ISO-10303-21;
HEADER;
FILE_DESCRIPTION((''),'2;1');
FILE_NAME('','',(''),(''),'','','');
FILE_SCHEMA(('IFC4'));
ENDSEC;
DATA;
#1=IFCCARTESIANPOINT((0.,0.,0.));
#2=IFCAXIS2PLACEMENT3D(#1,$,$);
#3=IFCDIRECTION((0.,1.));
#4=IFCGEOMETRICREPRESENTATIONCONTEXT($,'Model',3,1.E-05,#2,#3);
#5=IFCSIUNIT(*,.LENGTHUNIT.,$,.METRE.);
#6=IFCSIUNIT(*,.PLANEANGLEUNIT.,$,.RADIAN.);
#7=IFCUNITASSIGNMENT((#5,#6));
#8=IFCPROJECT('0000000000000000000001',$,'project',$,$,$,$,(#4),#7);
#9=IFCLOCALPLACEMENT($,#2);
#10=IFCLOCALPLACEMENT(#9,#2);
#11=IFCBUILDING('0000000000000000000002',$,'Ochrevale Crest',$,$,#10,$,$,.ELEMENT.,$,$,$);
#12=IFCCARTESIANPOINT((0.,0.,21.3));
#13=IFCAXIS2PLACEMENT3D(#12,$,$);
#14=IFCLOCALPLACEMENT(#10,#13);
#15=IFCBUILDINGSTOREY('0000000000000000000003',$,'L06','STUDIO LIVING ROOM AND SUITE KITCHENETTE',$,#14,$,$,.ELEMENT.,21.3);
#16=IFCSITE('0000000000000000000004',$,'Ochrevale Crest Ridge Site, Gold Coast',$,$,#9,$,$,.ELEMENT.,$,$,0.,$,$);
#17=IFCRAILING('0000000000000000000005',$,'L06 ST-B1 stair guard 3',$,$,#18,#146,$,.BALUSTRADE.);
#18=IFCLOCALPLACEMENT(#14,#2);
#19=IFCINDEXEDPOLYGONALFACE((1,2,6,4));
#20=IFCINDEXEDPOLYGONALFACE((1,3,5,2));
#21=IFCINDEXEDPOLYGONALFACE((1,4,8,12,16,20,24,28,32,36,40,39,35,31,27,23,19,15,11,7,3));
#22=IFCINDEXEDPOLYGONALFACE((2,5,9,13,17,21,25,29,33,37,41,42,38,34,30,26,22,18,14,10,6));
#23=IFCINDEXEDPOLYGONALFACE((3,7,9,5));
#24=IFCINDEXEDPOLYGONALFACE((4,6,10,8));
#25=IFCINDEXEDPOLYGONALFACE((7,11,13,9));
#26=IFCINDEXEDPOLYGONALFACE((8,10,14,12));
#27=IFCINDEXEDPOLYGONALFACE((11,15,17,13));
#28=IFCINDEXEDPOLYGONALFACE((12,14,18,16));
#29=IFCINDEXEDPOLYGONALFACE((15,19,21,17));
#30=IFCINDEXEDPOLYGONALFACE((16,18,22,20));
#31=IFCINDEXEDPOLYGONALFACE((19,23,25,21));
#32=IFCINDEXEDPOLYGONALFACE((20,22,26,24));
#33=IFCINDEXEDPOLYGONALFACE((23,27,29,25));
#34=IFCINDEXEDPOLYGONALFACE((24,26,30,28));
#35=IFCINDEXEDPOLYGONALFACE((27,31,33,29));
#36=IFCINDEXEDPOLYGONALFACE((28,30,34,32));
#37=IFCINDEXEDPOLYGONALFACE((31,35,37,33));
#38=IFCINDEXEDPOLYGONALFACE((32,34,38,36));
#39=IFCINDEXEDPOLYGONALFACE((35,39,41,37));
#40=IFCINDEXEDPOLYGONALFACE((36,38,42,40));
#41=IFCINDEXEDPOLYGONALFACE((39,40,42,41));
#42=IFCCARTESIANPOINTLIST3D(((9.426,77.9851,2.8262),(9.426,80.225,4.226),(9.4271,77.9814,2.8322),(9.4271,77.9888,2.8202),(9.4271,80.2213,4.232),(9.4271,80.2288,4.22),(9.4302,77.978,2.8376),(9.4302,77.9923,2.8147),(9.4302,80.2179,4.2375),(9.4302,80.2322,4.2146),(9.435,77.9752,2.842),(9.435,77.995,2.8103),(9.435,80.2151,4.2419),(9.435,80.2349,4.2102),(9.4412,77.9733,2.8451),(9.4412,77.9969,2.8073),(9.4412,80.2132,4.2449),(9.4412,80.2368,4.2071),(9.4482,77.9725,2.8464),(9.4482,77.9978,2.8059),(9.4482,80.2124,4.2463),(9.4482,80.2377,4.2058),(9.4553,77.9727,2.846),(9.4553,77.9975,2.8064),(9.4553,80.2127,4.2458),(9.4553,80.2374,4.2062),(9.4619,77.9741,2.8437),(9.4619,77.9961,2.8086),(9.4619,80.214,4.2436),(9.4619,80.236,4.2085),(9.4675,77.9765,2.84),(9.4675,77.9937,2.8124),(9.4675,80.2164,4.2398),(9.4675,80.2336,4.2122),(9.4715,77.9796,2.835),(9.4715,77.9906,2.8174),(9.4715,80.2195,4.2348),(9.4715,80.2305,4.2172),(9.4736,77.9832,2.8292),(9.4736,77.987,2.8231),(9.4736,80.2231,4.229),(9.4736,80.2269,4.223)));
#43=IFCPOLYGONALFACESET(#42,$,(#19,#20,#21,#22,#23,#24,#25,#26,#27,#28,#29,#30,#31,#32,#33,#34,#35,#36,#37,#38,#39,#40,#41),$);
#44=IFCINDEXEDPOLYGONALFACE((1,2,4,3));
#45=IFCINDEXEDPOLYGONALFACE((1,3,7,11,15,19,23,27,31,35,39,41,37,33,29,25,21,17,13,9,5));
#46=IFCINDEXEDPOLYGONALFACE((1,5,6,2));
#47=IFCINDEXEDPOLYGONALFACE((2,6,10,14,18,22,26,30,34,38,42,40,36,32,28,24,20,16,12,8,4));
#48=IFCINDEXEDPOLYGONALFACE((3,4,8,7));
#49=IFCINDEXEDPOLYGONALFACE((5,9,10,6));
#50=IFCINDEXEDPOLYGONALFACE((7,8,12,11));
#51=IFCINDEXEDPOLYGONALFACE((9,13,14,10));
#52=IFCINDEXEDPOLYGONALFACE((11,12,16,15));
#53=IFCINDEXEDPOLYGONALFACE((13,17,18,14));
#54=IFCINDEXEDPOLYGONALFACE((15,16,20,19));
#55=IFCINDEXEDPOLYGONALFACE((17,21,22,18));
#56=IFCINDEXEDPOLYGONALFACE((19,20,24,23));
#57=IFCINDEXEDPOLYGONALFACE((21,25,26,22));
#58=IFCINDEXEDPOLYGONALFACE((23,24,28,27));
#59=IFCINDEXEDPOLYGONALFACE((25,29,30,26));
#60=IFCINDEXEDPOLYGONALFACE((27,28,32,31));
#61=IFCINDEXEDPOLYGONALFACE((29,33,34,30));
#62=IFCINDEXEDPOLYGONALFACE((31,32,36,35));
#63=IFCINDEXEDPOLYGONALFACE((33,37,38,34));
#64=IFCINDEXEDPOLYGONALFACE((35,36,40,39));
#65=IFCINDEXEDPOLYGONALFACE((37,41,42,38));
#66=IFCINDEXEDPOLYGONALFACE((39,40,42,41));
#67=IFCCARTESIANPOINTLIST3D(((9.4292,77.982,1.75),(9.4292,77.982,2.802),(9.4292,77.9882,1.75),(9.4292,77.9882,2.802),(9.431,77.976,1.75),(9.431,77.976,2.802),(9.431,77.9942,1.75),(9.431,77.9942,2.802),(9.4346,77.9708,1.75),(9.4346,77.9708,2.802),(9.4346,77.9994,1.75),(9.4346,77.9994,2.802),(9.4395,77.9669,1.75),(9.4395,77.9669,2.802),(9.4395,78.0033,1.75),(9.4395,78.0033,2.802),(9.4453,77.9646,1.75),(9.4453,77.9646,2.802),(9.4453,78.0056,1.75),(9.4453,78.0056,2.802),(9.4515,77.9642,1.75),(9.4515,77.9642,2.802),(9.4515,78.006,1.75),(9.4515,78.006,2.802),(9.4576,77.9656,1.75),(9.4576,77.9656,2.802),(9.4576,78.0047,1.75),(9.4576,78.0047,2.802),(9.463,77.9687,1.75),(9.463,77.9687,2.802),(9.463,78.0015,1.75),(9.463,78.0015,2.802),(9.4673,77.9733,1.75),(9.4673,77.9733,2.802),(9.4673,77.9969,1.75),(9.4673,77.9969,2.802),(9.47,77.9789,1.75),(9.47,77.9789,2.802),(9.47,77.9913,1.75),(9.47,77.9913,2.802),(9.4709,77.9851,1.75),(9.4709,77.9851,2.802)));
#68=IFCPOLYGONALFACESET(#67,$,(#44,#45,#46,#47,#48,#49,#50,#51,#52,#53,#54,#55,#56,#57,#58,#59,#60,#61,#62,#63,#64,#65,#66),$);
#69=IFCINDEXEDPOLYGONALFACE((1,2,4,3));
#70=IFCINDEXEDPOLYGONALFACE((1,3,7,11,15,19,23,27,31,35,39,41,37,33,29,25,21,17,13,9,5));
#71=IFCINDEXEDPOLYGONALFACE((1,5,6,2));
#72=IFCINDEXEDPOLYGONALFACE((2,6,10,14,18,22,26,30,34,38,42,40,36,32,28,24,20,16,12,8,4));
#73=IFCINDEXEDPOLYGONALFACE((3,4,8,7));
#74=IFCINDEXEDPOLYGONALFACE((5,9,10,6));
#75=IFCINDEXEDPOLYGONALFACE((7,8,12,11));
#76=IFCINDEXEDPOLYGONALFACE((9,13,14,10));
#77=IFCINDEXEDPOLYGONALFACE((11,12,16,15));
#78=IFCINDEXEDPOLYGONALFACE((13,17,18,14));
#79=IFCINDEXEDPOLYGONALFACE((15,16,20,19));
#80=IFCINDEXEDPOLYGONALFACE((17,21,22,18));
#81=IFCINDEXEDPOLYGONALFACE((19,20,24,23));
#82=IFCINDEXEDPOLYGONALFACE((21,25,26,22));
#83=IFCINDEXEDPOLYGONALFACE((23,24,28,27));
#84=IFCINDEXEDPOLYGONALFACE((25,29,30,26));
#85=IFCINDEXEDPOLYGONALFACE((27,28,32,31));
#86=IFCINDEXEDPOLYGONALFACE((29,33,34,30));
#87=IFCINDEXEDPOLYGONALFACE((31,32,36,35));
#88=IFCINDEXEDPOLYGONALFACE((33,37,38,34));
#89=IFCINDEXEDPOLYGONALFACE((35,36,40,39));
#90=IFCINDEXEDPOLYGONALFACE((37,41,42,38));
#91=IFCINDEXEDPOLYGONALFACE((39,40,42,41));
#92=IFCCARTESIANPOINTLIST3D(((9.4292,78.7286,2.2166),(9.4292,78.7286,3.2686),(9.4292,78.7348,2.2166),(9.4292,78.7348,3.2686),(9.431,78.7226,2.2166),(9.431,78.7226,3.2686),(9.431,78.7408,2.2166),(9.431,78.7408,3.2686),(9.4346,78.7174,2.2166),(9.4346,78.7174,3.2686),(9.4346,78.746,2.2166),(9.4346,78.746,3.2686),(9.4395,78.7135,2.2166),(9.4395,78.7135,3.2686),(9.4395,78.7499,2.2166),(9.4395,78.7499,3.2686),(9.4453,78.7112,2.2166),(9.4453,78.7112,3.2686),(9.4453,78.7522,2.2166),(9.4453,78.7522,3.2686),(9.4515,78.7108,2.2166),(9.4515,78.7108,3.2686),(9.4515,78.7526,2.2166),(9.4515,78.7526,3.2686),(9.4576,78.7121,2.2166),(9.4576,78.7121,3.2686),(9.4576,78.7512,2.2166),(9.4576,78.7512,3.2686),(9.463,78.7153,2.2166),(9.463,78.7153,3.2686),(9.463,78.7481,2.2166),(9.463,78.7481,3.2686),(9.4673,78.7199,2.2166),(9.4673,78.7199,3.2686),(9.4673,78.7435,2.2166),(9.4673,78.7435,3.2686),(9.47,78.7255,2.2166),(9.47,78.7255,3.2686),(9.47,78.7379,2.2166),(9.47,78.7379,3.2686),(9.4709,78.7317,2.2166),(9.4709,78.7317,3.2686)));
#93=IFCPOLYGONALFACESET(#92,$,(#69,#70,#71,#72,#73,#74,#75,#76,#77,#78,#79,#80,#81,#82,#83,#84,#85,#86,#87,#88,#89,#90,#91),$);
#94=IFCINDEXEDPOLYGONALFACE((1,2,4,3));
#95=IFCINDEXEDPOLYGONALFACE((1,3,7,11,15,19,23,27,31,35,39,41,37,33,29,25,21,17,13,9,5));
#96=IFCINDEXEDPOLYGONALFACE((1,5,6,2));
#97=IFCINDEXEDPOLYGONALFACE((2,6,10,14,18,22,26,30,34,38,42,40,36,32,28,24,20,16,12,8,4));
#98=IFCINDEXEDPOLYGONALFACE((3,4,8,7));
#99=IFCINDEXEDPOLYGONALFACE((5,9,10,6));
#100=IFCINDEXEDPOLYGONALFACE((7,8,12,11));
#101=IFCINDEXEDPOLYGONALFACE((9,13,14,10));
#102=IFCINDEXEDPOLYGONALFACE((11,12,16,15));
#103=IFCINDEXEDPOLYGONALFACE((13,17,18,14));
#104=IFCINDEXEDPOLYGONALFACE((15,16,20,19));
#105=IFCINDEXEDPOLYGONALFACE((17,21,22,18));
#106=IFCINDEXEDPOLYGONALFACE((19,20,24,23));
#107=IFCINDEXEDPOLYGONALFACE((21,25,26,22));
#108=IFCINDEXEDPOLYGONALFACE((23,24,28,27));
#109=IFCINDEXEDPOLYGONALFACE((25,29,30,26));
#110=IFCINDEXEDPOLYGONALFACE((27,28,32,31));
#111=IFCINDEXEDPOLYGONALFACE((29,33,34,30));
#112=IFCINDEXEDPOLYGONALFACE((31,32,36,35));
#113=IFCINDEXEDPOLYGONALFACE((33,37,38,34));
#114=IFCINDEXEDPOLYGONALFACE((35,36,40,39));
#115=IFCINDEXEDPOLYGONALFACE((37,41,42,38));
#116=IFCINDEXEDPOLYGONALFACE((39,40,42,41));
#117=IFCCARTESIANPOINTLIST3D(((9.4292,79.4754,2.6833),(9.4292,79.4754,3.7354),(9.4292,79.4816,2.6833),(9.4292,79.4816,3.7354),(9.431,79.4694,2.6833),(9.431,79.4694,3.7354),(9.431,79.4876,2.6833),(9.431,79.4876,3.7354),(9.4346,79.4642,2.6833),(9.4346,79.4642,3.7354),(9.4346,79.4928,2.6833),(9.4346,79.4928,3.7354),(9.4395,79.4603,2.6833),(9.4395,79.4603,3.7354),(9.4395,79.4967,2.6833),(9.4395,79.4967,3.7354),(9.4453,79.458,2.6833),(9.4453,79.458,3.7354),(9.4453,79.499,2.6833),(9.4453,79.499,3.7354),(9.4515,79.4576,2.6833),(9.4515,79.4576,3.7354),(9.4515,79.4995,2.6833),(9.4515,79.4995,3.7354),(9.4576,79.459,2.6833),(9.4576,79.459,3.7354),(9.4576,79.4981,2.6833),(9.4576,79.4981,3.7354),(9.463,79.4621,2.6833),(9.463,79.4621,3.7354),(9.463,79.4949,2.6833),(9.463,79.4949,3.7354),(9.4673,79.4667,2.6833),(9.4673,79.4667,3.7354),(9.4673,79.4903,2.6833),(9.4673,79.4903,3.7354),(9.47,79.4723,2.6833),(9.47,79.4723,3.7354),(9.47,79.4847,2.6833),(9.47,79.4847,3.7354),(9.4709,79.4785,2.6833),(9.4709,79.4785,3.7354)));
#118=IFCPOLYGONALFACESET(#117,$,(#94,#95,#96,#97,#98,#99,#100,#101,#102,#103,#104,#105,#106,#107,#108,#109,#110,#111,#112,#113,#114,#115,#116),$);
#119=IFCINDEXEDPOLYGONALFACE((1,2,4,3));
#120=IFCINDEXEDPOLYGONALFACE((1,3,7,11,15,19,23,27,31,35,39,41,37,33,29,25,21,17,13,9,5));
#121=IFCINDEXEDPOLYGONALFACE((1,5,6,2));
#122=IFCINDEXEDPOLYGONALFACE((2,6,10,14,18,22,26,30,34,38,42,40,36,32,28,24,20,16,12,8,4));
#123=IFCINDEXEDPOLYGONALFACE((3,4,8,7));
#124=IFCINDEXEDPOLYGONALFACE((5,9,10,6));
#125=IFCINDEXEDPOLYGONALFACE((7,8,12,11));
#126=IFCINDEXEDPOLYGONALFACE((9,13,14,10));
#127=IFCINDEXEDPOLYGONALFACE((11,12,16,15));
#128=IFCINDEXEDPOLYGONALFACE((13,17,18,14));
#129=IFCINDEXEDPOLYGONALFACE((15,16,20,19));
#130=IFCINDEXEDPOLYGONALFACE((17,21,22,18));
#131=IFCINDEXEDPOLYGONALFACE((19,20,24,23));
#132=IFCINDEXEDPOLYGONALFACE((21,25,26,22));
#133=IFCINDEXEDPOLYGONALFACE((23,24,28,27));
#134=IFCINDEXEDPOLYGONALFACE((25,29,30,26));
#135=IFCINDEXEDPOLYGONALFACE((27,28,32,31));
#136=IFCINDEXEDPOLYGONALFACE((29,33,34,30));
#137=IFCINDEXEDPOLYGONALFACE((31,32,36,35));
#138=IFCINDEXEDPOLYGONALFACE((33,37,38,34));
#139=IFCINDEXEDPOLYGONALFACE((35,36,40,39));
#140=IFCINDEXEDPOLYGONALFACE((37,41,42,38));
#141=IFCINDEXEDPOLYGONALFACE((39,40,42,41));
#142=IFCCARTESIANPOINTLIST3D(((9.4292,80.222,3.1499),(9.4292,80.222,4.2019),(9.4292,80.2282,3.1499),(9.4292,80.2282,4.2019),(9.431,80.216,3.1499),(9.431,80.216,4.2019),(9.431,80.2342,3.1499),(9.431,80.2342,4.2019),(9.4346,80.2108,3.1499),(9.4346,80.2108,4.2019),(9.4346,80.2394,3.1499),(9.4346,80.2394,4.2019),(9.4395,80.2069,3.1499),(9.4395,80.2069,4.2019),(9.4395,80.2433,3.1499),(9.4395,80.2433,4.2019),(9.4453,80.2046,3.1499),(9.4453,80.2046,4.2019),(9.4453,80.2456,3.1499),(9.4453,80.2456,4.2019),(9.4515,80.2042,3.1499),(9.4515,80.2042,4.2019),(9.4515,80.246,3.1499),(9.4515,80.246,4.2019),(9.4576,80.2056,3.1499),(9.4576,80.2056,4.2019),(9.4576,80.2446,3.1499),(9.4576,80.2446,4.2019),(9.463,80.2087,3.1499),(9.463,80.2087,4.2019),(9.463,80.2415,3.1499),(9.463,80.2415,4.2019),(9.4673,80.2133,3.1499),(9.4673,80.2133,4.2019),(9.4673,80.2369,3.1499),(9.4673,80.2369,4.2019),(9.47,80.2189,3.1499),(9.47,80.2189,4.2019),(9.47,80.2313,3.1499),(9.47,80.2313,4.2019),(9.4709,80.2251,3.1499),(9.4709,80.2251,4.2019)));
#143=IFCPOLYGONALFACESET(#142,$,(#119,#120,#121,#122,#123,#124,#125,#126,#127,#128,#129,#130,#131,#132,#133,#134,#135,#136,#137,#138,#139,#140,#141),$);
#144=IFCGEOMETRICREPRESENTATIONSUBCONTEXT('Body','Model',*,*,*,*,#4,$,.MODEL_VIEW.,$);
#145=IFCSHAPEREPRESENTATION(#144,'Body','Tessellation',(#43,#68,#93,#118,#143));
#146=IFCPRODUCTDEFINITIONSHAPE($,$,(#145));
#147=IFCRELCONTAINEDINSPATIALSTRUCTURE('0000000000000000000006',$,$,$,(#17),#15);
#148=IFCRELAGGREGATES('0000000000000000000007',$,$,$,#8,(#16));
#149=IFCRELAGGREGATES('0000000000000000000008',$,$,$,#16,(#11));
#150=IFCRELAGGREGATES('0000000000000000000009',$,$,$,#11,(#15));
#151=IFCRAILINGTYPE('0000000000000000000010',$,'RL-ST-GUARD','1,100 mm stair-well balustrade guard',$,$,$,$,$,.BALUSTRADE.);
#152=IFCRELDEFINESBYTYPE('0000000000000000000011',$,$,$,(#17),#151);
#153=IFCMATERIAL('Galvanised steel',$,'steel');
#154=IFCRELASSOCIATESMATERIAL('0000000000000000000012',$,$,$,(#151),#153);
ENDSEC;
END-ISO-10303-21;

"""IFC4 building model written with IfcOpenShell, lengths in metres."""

from ifc_helpers import new_model, si_unit, direction, frame, origin, origin_2d, place, context, subcontext, project, spatial, circle, extrude, material, type_object, element, save


model = new_model("IFC4")

# Units and contexts
model_context = context("Model", 3, precision=1e-05, world=origin(), true_north=direction((0.0, 1.0)))
body_context = subcontext(model_context, "Body", "Model", "MODEL_VIEW")
ifc_project = project(units=[si_unit("LENGTHUNIT", "METRE"), si_unit("PLANEANGLEUNIT", "RADIAN")], contexts=[model_context])

# Site, building, storey
site_placement = place(None, origin())
site = spatial("IfcSite", under=ifc_project, at=site_placement, Name="Ochrevale Crest Ridge Site, Gold Coast", CompositionType="ELEMENT", RefElevation=0.0)
building_placement = place(site_placement, origin())
building = spatial("IfcBuilding", under=site, at=building_placement, Name="Ochrevale Crest", CompositionType="ELEMENT")
storey_placement = place(building_placement, frame((0.0, 0.0, 21.3)))
storey = spatial("IfcBuildingStorey", under=building, at=storey_placement, Name="L06", Description="STUDIO LIVING ROOM AND SUITE KITCHENETTE", CompositionType="ELEMENT", Elevation=21.3)

# Railing
ifc_material_1 = material(Name="Galvanised steel", Category="steel")
railing_type_1 = type_object("IfcRailingType", Name="RL-ST-GUARD", Description="1,100 mm stair-well balustrade guard", PredefinedType="BALUSTRADE", material=ifc_material_1)
railing_1_placement = place(storey_placement, frame((9.45, 77.9851, 1.75)))
element("IfcRailing", 1, at=railing_1_placement, inside=storey, type_object=railing_type_1, Name="L06 ST-B1 stair guard 3", PredefinedType="BALUSTRADE", context=body_context, shape_type="SweptSolid", body=[
    extrude(circle(Radius=0.0239, at=origin_2d()), frame((0.0, 0.0, 1.0762), z_axis=(0.0, 0.848014, 0.529974), x_axis=(-1.0, 0.0, 0.0)), (0.0, 0.0, 1.0), 2.6414),
    extrude(circle(Radius=0.021, at=origin_2d()), origin(), (0.0, 0.0, 1.0), 1.052),
    extrude(circle(Radius=0.021, at=origin_2d()), frame((0.0, 0.7466, 0.4666)), (0.0, 0.0, 1.0), 1.052),
    extrude(circle(Radius=0.021, at=origin_2d()), frame((0.0, 1.4934, 0.9333)), (0.0, 0.0, 1.0), 1.052),
    extrude(circle(Radius=0.021, at=origin_2d()), frame((0.0, 2.24, 1.3999)), (0.0, 0.0, 1.0), 1.052),
])

save(model, "model.ifc")
